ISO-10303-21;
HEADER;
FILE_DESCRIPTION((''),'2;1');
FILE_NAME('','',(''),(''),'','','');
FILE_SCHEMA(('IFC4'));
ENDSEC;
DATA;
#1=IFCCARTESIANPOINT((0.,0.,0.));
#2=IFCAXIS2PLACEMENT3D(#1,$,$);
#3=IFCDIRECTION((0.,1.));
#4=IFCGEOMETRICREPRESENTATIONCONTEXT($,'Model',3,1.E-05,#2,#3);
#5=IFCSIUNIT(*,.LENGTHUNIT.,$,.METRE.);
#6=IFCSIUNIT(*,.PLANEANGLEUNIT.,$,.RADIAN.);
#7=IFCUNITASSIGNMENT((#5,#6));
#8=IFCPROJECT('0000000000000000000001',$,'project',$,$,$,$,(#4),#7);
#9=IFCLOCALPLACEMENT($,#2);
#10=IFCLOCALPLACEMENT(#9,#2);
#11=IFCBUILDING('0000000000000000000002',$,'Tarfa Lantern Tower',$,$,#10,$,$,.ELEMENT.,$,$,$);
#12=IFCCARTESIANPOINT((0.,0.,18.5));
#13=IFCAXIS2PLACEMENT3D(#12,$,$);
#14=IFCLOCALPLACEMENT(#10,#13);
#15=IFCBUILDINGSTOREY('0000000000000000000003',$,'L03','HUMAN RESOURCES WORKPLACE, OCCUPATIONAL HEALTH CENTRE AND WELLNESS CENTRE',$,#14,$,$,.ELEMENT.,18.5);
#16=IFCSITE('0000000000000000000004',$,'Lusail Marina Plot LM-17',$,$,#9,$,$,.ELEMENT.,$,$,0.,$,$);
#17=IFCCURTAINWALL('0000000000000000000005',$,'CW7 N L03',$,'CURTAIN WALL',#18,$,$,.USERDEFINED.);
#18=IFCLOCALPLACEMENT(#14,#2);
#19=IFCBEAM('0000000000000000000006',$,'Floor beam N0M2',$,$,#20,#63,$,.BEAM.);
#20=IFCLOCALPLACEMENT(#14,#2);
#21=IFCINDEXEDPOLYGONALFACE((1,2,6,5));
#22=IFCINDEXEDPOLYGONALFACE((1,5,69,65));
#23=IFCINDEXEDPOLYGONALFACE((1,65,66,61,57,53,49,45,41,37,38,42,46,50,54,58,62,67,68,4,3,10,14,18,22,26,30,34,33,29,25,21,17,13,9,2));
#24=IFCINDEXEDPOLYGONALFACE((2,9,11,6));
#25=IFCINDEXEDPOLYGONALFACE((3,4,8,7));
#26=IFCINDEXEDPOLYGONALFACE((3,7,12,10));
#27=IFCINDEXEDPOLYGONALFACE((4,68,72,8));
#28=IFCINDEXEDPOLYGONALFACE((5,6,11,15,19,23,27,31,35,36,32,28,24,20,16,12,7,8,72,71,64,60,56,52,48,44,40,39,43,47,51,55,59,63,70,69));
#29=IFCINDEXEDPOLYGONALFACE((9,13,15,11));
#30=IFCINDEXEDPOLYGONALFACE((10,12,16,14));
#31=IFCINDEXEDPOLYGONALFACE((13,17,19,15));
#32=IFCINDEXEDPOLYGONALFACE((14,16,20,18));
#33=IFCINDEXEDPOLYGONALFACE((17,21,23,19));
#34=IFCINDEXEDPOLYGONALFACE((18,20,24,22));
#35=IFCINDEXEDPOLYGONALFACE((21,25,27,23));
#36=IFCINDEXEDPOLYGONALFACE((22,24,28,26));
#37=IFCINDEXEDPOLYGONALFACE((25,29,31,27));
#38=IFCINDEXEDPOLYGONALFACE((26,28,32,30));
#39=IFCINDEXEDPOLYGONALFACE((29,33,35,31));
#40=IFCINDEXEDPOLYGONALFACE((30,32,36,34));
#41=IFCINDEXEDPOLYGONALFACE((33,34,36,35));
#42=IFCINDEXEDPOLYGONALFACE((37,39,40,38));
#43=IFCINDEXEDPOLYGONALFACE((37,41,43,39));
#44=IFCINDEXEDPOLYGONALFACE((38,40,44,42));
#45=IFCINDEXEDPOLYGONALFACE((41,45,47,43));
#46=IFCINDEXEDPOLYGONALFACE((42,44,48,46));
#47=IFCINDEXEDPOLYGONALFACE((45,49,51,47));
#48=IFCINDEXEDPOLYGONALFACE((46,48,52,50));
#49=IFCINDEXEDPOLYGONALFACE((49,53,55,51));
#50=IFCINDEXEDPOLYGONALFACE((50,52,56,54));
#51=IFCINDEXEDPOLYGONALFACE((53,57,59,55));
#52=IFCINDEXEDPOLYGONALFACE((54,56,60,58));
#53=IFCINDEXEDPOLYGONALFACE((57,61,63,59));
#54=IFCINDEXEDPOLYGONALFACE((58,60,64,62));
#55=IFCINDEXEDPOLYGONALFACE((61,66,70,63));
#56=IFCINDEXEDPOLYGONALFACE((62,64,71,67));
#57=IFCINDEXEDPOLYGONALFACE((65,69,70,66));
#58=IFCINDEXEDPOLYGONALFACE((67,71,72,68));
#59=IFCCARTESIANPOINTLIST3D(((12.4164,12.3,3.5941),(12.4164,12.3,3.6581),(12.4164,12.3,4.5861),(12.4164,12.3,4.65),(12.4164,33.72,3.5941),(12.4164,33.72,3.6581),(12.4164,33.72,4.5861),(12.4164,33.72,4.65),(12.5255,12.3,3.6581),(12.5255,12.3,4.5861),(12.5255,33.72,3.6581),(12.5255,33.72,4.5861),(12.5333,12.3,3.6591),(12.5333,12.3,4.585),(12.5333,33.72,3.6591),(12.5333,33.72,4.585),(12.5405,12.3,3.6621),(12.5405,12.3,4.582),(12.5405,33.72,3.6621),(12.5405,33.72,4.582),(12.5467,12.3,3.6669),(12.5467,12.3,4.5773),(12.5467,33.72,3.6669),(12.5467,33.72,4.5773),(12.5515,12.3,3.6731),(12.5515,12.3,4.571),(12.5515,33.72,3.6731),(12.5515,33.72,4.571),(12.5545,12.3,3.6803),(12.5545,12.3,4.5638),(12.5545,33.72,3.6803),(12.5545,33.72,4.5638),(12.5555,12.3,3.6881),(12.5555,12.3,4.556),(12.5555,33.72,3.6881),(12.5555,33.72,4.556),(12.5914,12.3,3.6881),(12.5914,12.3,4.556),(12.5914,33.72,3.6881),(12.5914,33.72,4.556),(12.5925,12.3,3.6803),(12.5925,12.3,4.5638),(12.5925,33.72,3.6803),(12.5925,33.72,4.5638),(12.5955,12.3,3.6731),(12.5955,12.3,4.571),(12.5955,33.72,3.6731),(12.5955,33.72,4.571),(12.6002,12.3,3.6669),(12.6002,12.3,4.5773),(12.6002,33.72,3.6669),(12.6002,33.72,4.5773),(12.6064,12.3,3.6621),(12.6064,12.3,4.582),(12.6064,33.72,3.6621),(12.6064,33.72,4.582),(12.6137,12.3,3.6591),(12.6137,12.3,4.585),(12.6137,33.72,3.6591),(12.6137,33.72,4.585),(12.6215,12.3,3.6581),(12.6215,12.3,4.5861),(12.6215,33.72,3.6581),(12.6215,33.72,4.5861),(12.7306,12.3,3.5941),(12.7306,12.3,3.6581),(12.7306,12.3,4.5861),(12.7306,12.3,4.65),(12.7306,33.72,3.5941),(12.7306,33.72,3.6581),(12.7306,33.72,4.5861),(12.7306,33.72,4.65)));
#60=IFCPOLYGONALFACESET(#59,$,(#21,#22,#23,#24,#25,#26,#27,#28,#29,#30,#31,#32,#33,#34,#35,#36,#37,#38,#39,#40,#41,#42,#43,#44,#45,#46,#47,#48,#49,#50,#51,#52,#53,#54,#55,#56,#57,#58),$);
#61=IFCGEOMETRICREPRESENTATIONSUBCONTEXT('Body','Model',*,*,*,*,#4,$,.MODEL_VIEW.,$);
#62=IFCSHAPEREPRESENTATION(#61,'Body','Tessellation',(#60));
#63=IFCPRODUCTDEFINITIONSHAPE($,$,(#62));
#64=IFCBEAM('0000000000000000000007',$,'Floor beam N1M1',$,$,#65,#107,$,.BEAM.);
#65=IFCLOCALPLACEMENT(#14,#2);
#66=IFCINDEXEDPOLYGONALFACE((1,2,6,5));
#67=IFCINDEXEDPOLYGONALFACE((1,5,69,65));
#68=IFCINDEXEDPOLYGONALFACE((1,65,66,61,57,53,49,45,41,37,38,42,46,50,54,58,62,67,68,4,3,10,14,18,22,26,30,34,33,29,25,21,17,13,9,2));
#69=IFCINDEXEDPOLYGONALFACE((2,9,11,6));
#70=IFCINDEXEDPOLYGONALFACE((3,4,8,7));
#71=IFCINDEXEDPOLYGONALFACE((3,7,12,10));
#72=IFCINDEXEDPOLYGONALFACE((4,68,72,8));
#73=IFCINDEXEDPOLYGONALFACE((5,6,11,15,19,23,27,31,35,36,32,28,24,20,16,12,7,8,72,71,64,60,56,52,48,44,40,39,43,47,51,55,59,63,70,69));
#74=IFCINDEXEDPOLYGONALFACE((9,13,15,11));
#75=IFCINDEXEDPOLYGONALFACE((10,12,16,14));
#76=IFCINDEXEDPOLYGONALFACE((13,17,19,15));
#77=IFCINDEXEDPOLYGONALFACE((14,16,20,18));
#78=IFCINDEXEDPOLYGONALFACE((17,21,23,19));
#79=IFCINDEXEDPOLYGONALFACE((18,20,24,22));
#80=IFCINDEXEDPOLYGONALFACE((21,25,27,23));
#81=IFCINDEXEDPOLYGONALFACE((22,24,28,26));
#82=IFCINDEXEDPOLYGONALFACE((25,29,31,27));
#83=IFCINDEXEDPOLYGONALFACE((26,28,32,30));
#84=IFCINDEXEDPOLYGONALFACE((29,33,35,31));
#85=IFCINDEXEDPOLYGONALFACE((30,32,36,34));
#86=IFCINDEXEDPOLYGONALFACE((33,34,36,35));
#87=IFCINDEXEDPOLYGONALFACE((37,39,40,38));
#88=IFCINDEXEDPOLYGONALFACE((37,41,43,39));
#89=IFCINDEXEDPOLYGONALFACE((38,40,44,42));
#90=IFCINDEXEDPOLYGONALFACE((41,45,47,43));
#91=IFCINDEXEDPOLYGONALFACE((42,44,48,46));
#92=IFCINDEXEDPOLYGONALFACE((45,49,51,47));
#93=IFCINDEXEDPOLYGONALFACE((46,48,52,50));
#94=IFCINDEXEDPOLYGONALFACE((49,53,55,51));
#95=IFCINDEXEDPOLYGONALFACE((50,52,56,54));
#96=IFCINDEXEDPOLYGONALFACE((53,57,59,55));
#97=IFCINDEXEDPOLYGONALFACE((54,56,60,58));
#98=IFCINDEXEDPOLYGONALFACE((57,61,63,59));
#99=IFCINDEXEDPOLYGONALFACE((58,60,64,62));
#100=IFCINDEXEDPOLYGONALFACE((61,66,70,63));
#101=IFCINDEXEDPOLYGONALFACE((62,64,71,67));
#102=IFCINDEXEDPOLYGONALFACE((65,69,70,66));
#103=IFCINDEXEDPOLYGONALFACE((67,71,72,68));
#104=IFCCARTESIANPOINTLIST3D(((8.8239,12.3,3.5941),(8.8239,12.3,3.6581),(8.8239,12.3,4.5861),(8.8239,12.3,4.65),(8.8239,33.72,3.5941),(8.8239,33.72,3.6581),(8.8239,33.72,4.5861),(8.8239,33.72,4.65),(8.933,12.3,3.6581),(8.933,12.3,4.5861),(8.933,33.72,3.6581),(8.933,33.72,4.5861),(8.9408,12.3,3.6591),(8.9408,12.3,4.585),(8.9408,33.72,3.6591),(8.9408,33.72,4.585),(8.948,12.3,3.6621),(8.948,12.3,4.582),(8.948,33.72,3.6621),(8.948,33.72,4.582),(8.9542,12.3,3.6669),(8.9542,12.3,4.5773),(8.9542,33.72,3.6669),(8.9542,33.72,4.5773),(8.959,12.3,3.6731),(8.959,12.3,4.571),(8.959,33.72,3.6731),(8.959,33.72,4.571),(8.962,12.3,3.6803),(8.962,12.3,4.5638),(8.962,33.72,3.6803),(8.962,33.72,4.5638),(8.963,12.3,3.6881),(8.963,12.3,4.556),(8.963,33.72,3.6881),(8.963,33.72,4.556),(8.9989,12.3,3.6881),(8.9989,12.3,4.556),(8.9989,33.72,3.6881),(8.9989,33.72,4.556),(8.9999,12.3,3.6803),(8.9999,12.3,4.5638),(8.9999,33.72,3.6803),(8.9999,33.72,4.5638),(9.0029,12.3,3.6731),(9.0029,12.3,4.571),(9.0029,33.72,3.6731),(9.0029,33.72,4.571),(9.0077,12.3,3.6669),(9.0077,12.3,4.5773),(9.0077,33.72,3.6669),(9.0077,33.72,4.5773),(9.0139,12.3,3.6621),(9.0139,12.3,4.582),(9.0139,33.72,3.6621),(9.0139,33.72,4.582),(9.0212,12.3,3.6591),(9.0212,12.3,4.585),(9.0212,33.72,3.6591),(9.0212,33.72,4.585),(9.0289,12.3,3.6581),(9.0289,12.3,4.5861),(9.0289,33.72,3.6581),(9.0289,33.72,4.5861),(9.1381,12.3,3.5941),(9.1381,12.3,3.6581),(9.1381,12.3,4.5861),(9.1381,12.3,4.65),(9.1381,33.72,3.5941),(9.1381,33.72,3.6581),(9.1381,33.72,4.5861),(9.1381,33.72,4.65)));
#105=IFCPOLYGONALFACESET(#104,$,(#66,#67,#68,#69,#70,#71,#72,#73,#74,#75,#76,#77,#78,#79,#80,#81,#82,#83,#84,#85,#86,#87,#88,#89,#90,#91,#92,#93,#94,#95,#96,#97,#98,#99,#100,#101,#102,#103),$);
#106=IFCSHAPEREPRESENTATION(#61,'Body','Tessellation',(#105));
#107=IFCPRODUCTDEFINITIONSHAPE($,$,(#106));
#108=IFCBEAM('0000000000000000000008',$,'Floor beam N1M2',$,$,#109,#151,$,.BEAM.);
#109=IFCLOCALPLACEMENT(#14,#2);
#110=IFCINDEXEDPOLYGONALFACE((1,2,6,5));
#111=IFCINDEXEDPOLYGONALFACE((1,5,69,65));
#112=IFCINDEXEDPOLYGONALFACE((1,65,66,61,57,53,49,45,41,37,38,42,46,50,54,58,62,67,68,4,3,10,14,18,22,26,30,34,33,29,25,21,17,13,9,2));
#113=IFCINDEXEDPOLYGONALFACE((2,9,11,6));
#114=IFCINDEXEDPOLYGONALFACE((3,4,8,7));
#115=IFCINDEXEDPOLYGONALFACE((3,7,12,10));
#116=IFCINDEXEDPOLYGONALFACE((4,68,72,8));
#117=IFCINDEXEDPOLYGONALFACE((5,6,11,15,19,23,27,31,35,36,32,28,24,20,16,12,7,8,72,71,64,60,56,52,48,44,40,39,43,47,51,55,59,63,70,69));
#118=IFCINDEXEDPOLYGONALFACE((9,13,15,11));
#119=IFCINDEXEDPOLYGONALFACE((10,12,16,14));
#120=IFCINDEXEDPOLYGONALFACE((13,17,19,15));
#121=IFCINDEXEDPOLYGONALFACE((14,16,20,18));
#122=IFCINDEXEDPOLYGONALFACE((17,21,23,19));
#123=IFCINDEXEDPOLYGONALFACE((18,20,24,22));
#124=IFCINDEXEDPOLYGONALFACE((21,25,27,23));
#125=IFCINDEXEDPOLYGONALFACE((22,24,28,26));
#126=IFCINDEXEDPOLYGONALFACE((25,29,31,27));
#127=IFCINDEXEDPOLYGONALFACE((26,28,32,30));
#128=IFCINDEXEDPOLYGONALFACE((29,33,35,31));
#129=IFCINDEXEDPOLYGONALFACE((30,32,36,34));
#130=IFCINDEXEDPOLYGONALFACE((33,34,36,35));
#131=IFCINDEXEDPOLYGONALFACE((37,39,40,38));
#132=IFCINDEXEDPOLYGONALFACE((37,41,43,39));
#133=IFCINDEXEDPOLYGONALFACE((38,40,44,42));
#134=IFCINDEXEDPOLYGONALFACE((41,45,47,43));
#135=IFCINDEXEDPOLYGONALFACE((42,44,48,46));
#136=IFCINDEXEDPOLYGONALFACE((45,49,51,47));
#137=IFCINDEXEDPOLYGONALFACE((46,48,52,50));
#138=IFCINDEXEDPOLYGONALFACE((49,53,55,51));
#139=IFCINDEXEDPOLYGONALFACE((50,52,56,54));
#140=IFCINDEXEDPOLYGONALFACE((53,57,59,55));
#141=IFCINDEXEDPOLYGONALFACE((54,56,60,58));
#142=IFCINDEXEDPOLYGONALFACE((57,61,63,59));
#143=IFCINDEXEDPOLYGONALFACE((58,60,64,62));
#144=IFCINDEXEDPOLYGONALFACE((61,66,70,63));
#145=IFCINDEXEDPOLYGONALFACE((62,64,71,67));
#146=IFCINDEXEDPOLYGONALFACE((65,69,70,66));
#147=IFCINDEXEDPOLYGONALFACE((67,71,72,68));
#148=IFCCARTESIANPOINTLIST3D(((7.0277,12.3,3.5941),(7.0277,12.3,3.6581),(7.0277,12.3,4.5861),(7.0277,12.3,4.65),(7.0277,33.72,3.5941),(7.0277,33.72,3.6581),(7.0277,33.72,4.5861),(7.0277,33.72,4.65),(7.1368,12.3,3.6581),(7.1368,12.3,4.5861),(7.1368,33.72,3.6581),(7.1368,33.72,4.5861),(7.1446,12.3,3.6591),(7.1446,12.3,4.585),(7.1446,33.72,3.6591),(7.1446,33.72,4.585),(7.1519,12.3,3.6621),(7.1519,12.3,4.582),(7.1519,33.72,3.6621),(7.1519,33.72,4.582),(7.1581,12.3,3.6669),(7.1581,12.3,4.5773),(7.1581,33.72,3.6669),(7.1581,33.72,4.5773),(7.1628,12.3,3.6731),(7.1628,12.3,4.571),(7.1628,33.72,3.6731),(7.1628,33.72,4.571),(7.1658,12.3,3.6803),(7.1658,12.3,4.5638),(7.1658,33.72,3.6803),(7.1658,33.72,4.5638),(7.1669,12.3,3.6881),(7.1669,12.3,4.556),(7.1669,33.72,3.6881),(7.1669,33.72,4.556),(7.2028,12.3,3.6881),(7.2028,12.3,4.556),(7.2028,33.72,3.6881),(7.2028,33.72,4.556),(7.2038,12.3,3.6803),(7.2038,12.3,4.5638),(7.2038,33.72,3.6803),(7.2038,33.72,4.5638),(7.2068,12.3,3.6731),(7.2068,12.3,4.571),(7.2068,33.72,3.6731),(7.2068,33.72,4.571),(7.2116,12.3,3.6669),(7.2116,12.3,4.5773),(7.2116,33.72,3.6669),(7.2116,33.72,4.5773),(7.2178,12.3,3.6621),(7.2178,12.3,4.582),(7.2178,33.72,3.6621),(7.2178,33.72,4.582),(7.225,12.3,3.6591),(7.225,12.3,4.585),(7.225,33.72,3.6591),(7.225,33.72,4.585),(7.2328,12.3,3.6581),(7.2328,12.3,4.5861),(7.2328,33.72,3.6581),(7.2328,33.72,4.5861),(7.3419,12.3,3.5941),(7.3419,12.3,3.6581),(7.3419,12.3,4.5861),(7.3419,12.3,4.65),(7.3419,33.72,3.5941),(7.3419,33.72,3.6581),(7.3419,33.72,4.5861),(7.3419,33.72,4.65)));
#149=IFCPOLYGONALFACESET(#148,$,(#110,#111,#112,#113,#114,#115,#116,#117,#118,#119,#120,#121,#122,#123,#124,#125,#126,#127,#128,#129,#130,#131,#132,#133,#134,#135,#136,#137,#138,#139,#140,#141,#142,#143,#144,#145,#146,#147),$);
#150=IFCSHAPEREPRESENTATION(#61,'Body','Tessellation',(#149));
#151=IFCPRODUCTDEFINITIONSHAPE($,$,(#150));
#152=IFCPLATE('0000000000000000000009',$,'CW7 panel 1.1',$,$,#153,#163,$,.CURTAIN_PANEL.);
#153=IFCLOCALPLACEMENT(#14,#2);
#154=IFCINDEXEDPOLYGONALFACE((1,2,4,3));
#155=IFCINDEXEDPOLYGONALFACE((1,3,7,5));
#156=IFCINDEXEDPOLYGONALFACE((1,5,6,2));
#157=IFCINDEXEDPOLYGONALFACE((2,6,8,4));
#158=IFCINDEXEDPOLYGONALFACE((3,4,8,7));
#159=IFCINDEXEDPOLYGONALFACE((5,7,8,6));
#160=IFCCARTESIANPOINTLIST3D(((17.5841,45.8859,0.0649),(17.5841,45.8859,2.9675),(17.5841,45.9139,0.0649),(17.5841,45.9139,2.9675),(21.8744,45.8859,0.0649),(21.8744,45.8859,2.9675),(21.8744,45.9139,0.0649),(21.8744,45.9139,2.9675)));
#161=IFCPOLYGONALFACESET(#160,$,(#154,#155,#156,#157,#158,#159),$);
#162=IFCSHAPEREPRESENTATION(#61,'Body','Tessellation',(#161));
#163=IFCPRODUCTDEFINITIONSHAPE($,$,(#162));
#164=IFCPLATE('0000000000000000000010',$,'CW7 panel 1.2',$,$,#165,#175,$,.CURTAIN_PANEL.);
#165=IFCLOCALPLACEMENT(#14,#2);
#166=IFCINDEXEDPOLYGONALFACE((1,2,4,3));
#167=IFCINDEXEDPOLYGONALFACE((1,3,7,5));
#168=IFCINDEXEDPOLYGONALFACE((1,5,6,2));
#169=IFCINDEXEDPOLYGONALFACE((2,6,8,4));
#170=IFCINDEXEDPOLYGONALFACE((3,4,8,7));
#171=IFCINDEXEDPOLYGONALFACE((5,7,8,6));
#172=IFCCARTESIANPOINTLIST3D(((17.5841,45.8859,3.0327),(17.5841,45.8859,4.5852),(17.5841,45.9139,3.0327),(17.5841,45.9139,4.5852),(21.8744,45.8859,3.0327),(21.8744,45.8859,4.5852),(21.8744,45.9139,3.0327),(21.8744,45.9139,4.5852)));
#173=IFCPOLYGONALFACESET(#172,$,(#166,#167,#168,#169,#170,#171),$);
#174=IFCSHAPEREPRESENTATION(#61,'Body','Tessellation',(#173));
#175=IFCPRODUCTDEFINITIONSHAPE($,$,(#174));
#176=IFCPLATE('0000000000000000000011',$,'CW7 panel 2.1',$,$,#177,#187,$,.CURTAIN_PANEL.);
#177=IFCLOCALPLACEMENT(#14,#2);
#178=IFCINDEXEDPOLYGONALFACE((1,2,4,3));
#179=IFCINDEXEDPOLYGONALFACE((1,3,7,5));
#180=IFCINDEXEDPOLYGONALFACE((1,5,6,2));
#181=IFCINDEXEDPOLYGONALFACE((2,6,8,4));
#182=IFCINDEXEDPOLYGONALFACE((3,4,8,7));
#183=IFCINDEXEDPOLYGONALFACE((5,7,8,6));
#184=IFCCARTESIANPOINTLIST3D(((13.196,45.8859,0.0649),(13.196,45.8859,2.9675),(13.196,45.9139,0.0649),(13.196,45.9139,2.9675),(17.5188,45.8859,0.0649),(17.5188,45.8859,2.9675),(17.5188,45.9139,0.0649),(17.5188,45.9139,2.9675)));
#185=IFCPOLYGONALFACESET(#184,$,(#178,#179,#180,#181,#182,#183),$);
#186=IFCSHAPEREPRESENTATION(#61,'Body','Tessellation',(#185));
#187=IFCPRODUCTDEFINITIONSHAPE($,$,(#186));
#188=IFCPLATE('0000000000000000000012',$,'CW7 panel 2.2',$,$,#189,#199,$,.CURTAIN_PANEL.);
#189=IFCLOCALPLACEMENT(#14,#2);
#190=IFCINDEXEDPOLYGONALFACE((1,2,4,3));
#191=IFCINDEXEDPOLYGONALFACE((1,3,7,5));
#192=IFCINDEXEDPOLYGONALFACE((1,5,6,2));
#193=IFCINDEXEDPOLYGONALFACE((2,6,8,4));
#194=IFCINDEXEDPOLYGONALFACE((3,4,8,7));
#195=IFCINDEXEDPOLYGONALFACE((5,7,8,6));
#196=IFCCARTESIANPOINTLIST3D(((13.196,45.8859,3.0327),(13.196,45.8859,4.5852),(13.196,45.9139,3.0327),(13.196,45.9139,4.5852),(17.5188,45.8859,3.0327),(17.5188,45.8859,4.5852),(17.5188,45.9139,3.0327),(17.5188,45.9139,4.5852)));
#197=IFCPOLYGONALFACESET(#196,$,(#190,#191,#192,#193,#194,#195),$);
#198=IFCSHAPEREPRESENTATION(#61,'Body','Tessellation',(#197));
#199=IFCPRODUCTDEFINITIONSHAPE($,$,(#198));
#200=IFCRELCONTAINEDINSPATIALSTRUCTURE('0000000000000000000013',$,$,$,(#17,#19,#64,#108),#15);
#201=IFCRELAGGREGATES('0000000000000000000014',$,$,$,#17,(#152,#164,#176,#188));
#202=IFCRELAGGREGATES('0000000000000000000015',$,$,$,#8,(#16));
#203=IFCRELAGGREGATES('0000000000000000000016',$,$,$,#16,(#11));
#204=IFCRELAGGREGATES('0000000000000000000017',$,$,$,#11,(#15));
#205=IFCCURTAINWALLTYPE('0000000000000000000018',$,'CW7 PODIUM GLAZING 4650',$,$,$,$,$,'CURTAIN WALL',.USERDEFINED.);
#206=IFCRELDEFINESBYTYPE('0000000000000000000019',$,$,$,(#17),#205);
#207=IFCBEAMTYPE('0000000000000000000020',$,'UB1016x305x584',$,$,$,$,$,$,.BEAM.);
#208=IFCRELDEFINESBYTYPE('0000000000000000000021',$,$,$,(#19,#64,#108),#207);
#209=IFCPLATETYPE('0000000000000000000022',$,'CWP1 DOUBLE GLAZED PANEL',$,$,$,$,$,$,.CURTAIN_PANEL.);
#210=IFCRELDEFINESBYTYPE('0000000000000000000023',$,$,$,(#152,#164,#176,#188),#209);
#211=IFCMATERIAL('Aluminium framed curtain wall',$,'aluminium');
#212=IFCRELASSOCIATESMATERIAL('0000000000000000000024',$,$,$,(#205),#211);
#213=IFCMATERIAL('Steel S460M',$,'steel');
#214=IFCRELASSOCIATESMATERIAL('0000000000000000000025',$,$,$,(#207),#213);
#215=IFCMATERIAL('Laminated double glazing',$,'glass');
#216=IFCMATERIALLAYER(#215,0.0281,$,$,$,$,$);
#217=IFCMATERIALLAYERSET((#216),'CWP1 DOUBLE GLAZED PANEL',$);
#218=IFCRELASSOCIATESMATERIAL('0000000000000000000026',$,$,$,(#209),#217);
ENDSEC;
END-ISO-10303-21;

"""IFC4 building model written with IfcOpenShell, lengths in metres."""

from ifc_helpers import new_model, si_unit, direction, frame, origin, origin_2d, place, context, subcontext, project, spatial, rectangle, i_section, extrude, material, layer, layer_set, material_profile, profile_set, type_object, element, aggregate, save


model = new_model("IFC4")

# Units and contexts
model_context = context("Model", 3, precision=1e-05, world=origin(), true_north=direction((0.0, 1.0)))
body_context = subcontext(model_context, "Body", "Model", "MODEL_VIEW")
ifc_project = project(units=[si_unit("LENGTHUNIT", "METRE"), si_unit("PLANEANGLEUNIT", "RADIAN")], contexts=[model_context])

# Site, building, storey
site_placement = place(None, origin())
site = spatial("IfcSite", under=ifc_project, at=site_placement, Name="Lusail Marina Plot LM-17", CompositionType="ELEMENT", RefElevation=0.0)
building_placement = place(site_placement, origin())
building = spatial("IfcBuilding", under=site, at=building_placement, Name="Tarfa Lantern Tower", CompositionType="ELEMENT")
storey_placement = place(building_placement, frame((0.0, 0.0, 18.5)))
storey = spatial("IfcBuildingStorey", under=building, at=storey_placement, Name="L03", Description="HUMAN RESOURCES WORKPLACE, OCCUPATIONAL HEALTH CENTRE AND WELLNESS CENTRE", CompositionType="ELEMENT", Elevation=18.5)

# Curtain wall
ifc_material_1 = material(Name="Aluminium framed curtain wall", Category="aluminium")
curtain_wall_type = type_object("IfcCurtainWallType", Name="CW7 PODIUM GLAZING 4650", ElementType="CURTAIN WALL", PredefinedType="USERDEFINED", material=ifc_material_1)
curtain_wall_placement = place(storey_placement, origin())
curtain_wall = element("IfcCurtainWall", 1, at=curtain_wall_placement, inside=storey, type_object=curtain_wall_type, Name="CW7 N L03", ObjectType="CURTAIN WALL", PredefinedType="USERDEFINED")

# Beams
ifc_material_2 = material(Name="Steel S460M", Category="steel")
ifc_material_profile_1 = material_profile(ifc_material_2, i_section(OverallWidth=0.3142, OverallDepth=1.0559, WebThickness=0.0359, FlangeThickness=0.064, FilletRadius=0.03, at=origin_2d()), Name="UB1016x305x584")
ifc_profile_set_1 = profile_set([ifc_material_profile_1], Name="Steel S460M")
beam_type_1 = type_object("IfcBeamType", Name="UB1016x305x584", PredefinedType="BEAM", material=ifc_profile_set_1)
for number, where, z_axis, x_axis, name in (
    (2, (12.5735, 33.72, 4.1221), (0.0, -1.0, 0.0), (1.0, 0.0, 0.0), "Floor beam N0M2"),
    (3, (8.981, 33.72, 4.1221), (0.0, -1.0, 0.0), (1.0, 0.0, 0.0), "Floor beam N1M1"),
    (4, (7.1848, 33.72, 4.1221), (0.0, -1.0, 0.0), (1.0, 0.0, 0.0), "Floor beam N1M2"),
):
    element("IfcBeam", number, at=place(storey_placement, frame(where, z_axis=z_axis, x_axis=x_axis)), inside=storey, type_object=beam_type_1, Name=name, PredefinedType="BEAM", context=body_context, shape_type="SweptSolid", body=[
        extrude(i_section(OverallWidth=0.3142, OverallDepth=1.0559, WebThickness=0.0359, FlangeThickness=0.064, FilletRadius=0.03, at=origin_2d()), origin(), (0.0, 0.0, 1.0), 21.4199),
    ])

# Plates
ifc_material_3 = material(Name="Laminated double glazing", Category="glass")
ifc_layer_1 = layer(ifc_material_3, 0.0281)
ifc_layer_set_1 = layer_set([ifc_layer_1], Name="CWP1 DOUBLE GLAZED PANEL")
plate_type = type_object("IfcPlateType", Name="CWP1 DOUBLE GLAZED PANEL", PredefinedType="CURTAIN_PANEL", material=ifc_layer_set_1)
plate_1_placement = place(storey_placement, frame((19.7292, 45.8999, 0.0649), z_axis=(0.0, 0.0, 1.0), x_axis=(-1.0, 0.0, 0.0)))
plate_1 = element("IfcPlate", 5, at=plate_1_placement, type_object=plate_type, Name="CW7 panel 1.1", PredefinedType="CURTAIN_PANEL", context=body_context, shape_type="SweptSolid", body=[
    extrude(rectangle(XDim=4.2903, YDim=0.0281, at=origin_2d()), origin(), (0.0, 0.0, 1.0), 2.9026),
])
plate_2_placement = place(storey_placement, frame((19.7292, 45.8999, 3.0327), z_axis=(0.0, 0.0, 1.0), x_axis=(-1.0, 0.0, 0.0)))
plate_2 = element("IfcPlate", 6, at=plate_2_placement, type_object=plate_type, Name="CW7 panel 1.2", PredefinedType="CURTAIN_PANEL", context=body_context, shape_type="SweptSolid", body=[
    extrude(rectangle(XDim=4.2903, YDim=0.0281, at=origin_2d()), origin(), (0.0, 0.0, 1.0), 1.5525),
])
plate_3_placement = place(storey_placement, frame((15.3574, 45.8999, 0.0649), z_axis=(0.0, 0.0, 1.0), x_axis=(-1.0, 0.0, 0.0)))
plate_3 = element("IfcPlate", 7, at=plate_3_placement, type_object=plate_type, Name="CW7 panel 2.1", PredefinedType="CURTAIN_PANEL", context=body_context, shape_type="SweptSolid", body=[
    extrude(rectangle(XDim=4.3228, YDim=0.0281, at=origin_2d()), origin(), (0.0, 0.0, 1.0), 2.9026),
])
plate_4_placement = place(storey_placement, frame((15.3574, 45.8999, 3.0327), z_axis=(0.0, 0.0, 1.0), x_axis=(-1.0, 0.0, 0.0)))
plate_4 = element("IfcPlate", 8, at=plate_4_placement, type_object=plate_type, Name="CW7 panel 2.2", PredefinedType="CURTAIN_PANEL", context=body_context, shape_type="SweptSolid", body=[
    extrude(rectangle(XDim=4.3228, YDim=0.0281, at=origin_2d()), origin(), (0.0, 0.0, 1.0), 1.5525),
])
aggregate(curtain_wall, [plate_1, plate_2, plate_3, plate_4])

save(model, "model.ifc")
